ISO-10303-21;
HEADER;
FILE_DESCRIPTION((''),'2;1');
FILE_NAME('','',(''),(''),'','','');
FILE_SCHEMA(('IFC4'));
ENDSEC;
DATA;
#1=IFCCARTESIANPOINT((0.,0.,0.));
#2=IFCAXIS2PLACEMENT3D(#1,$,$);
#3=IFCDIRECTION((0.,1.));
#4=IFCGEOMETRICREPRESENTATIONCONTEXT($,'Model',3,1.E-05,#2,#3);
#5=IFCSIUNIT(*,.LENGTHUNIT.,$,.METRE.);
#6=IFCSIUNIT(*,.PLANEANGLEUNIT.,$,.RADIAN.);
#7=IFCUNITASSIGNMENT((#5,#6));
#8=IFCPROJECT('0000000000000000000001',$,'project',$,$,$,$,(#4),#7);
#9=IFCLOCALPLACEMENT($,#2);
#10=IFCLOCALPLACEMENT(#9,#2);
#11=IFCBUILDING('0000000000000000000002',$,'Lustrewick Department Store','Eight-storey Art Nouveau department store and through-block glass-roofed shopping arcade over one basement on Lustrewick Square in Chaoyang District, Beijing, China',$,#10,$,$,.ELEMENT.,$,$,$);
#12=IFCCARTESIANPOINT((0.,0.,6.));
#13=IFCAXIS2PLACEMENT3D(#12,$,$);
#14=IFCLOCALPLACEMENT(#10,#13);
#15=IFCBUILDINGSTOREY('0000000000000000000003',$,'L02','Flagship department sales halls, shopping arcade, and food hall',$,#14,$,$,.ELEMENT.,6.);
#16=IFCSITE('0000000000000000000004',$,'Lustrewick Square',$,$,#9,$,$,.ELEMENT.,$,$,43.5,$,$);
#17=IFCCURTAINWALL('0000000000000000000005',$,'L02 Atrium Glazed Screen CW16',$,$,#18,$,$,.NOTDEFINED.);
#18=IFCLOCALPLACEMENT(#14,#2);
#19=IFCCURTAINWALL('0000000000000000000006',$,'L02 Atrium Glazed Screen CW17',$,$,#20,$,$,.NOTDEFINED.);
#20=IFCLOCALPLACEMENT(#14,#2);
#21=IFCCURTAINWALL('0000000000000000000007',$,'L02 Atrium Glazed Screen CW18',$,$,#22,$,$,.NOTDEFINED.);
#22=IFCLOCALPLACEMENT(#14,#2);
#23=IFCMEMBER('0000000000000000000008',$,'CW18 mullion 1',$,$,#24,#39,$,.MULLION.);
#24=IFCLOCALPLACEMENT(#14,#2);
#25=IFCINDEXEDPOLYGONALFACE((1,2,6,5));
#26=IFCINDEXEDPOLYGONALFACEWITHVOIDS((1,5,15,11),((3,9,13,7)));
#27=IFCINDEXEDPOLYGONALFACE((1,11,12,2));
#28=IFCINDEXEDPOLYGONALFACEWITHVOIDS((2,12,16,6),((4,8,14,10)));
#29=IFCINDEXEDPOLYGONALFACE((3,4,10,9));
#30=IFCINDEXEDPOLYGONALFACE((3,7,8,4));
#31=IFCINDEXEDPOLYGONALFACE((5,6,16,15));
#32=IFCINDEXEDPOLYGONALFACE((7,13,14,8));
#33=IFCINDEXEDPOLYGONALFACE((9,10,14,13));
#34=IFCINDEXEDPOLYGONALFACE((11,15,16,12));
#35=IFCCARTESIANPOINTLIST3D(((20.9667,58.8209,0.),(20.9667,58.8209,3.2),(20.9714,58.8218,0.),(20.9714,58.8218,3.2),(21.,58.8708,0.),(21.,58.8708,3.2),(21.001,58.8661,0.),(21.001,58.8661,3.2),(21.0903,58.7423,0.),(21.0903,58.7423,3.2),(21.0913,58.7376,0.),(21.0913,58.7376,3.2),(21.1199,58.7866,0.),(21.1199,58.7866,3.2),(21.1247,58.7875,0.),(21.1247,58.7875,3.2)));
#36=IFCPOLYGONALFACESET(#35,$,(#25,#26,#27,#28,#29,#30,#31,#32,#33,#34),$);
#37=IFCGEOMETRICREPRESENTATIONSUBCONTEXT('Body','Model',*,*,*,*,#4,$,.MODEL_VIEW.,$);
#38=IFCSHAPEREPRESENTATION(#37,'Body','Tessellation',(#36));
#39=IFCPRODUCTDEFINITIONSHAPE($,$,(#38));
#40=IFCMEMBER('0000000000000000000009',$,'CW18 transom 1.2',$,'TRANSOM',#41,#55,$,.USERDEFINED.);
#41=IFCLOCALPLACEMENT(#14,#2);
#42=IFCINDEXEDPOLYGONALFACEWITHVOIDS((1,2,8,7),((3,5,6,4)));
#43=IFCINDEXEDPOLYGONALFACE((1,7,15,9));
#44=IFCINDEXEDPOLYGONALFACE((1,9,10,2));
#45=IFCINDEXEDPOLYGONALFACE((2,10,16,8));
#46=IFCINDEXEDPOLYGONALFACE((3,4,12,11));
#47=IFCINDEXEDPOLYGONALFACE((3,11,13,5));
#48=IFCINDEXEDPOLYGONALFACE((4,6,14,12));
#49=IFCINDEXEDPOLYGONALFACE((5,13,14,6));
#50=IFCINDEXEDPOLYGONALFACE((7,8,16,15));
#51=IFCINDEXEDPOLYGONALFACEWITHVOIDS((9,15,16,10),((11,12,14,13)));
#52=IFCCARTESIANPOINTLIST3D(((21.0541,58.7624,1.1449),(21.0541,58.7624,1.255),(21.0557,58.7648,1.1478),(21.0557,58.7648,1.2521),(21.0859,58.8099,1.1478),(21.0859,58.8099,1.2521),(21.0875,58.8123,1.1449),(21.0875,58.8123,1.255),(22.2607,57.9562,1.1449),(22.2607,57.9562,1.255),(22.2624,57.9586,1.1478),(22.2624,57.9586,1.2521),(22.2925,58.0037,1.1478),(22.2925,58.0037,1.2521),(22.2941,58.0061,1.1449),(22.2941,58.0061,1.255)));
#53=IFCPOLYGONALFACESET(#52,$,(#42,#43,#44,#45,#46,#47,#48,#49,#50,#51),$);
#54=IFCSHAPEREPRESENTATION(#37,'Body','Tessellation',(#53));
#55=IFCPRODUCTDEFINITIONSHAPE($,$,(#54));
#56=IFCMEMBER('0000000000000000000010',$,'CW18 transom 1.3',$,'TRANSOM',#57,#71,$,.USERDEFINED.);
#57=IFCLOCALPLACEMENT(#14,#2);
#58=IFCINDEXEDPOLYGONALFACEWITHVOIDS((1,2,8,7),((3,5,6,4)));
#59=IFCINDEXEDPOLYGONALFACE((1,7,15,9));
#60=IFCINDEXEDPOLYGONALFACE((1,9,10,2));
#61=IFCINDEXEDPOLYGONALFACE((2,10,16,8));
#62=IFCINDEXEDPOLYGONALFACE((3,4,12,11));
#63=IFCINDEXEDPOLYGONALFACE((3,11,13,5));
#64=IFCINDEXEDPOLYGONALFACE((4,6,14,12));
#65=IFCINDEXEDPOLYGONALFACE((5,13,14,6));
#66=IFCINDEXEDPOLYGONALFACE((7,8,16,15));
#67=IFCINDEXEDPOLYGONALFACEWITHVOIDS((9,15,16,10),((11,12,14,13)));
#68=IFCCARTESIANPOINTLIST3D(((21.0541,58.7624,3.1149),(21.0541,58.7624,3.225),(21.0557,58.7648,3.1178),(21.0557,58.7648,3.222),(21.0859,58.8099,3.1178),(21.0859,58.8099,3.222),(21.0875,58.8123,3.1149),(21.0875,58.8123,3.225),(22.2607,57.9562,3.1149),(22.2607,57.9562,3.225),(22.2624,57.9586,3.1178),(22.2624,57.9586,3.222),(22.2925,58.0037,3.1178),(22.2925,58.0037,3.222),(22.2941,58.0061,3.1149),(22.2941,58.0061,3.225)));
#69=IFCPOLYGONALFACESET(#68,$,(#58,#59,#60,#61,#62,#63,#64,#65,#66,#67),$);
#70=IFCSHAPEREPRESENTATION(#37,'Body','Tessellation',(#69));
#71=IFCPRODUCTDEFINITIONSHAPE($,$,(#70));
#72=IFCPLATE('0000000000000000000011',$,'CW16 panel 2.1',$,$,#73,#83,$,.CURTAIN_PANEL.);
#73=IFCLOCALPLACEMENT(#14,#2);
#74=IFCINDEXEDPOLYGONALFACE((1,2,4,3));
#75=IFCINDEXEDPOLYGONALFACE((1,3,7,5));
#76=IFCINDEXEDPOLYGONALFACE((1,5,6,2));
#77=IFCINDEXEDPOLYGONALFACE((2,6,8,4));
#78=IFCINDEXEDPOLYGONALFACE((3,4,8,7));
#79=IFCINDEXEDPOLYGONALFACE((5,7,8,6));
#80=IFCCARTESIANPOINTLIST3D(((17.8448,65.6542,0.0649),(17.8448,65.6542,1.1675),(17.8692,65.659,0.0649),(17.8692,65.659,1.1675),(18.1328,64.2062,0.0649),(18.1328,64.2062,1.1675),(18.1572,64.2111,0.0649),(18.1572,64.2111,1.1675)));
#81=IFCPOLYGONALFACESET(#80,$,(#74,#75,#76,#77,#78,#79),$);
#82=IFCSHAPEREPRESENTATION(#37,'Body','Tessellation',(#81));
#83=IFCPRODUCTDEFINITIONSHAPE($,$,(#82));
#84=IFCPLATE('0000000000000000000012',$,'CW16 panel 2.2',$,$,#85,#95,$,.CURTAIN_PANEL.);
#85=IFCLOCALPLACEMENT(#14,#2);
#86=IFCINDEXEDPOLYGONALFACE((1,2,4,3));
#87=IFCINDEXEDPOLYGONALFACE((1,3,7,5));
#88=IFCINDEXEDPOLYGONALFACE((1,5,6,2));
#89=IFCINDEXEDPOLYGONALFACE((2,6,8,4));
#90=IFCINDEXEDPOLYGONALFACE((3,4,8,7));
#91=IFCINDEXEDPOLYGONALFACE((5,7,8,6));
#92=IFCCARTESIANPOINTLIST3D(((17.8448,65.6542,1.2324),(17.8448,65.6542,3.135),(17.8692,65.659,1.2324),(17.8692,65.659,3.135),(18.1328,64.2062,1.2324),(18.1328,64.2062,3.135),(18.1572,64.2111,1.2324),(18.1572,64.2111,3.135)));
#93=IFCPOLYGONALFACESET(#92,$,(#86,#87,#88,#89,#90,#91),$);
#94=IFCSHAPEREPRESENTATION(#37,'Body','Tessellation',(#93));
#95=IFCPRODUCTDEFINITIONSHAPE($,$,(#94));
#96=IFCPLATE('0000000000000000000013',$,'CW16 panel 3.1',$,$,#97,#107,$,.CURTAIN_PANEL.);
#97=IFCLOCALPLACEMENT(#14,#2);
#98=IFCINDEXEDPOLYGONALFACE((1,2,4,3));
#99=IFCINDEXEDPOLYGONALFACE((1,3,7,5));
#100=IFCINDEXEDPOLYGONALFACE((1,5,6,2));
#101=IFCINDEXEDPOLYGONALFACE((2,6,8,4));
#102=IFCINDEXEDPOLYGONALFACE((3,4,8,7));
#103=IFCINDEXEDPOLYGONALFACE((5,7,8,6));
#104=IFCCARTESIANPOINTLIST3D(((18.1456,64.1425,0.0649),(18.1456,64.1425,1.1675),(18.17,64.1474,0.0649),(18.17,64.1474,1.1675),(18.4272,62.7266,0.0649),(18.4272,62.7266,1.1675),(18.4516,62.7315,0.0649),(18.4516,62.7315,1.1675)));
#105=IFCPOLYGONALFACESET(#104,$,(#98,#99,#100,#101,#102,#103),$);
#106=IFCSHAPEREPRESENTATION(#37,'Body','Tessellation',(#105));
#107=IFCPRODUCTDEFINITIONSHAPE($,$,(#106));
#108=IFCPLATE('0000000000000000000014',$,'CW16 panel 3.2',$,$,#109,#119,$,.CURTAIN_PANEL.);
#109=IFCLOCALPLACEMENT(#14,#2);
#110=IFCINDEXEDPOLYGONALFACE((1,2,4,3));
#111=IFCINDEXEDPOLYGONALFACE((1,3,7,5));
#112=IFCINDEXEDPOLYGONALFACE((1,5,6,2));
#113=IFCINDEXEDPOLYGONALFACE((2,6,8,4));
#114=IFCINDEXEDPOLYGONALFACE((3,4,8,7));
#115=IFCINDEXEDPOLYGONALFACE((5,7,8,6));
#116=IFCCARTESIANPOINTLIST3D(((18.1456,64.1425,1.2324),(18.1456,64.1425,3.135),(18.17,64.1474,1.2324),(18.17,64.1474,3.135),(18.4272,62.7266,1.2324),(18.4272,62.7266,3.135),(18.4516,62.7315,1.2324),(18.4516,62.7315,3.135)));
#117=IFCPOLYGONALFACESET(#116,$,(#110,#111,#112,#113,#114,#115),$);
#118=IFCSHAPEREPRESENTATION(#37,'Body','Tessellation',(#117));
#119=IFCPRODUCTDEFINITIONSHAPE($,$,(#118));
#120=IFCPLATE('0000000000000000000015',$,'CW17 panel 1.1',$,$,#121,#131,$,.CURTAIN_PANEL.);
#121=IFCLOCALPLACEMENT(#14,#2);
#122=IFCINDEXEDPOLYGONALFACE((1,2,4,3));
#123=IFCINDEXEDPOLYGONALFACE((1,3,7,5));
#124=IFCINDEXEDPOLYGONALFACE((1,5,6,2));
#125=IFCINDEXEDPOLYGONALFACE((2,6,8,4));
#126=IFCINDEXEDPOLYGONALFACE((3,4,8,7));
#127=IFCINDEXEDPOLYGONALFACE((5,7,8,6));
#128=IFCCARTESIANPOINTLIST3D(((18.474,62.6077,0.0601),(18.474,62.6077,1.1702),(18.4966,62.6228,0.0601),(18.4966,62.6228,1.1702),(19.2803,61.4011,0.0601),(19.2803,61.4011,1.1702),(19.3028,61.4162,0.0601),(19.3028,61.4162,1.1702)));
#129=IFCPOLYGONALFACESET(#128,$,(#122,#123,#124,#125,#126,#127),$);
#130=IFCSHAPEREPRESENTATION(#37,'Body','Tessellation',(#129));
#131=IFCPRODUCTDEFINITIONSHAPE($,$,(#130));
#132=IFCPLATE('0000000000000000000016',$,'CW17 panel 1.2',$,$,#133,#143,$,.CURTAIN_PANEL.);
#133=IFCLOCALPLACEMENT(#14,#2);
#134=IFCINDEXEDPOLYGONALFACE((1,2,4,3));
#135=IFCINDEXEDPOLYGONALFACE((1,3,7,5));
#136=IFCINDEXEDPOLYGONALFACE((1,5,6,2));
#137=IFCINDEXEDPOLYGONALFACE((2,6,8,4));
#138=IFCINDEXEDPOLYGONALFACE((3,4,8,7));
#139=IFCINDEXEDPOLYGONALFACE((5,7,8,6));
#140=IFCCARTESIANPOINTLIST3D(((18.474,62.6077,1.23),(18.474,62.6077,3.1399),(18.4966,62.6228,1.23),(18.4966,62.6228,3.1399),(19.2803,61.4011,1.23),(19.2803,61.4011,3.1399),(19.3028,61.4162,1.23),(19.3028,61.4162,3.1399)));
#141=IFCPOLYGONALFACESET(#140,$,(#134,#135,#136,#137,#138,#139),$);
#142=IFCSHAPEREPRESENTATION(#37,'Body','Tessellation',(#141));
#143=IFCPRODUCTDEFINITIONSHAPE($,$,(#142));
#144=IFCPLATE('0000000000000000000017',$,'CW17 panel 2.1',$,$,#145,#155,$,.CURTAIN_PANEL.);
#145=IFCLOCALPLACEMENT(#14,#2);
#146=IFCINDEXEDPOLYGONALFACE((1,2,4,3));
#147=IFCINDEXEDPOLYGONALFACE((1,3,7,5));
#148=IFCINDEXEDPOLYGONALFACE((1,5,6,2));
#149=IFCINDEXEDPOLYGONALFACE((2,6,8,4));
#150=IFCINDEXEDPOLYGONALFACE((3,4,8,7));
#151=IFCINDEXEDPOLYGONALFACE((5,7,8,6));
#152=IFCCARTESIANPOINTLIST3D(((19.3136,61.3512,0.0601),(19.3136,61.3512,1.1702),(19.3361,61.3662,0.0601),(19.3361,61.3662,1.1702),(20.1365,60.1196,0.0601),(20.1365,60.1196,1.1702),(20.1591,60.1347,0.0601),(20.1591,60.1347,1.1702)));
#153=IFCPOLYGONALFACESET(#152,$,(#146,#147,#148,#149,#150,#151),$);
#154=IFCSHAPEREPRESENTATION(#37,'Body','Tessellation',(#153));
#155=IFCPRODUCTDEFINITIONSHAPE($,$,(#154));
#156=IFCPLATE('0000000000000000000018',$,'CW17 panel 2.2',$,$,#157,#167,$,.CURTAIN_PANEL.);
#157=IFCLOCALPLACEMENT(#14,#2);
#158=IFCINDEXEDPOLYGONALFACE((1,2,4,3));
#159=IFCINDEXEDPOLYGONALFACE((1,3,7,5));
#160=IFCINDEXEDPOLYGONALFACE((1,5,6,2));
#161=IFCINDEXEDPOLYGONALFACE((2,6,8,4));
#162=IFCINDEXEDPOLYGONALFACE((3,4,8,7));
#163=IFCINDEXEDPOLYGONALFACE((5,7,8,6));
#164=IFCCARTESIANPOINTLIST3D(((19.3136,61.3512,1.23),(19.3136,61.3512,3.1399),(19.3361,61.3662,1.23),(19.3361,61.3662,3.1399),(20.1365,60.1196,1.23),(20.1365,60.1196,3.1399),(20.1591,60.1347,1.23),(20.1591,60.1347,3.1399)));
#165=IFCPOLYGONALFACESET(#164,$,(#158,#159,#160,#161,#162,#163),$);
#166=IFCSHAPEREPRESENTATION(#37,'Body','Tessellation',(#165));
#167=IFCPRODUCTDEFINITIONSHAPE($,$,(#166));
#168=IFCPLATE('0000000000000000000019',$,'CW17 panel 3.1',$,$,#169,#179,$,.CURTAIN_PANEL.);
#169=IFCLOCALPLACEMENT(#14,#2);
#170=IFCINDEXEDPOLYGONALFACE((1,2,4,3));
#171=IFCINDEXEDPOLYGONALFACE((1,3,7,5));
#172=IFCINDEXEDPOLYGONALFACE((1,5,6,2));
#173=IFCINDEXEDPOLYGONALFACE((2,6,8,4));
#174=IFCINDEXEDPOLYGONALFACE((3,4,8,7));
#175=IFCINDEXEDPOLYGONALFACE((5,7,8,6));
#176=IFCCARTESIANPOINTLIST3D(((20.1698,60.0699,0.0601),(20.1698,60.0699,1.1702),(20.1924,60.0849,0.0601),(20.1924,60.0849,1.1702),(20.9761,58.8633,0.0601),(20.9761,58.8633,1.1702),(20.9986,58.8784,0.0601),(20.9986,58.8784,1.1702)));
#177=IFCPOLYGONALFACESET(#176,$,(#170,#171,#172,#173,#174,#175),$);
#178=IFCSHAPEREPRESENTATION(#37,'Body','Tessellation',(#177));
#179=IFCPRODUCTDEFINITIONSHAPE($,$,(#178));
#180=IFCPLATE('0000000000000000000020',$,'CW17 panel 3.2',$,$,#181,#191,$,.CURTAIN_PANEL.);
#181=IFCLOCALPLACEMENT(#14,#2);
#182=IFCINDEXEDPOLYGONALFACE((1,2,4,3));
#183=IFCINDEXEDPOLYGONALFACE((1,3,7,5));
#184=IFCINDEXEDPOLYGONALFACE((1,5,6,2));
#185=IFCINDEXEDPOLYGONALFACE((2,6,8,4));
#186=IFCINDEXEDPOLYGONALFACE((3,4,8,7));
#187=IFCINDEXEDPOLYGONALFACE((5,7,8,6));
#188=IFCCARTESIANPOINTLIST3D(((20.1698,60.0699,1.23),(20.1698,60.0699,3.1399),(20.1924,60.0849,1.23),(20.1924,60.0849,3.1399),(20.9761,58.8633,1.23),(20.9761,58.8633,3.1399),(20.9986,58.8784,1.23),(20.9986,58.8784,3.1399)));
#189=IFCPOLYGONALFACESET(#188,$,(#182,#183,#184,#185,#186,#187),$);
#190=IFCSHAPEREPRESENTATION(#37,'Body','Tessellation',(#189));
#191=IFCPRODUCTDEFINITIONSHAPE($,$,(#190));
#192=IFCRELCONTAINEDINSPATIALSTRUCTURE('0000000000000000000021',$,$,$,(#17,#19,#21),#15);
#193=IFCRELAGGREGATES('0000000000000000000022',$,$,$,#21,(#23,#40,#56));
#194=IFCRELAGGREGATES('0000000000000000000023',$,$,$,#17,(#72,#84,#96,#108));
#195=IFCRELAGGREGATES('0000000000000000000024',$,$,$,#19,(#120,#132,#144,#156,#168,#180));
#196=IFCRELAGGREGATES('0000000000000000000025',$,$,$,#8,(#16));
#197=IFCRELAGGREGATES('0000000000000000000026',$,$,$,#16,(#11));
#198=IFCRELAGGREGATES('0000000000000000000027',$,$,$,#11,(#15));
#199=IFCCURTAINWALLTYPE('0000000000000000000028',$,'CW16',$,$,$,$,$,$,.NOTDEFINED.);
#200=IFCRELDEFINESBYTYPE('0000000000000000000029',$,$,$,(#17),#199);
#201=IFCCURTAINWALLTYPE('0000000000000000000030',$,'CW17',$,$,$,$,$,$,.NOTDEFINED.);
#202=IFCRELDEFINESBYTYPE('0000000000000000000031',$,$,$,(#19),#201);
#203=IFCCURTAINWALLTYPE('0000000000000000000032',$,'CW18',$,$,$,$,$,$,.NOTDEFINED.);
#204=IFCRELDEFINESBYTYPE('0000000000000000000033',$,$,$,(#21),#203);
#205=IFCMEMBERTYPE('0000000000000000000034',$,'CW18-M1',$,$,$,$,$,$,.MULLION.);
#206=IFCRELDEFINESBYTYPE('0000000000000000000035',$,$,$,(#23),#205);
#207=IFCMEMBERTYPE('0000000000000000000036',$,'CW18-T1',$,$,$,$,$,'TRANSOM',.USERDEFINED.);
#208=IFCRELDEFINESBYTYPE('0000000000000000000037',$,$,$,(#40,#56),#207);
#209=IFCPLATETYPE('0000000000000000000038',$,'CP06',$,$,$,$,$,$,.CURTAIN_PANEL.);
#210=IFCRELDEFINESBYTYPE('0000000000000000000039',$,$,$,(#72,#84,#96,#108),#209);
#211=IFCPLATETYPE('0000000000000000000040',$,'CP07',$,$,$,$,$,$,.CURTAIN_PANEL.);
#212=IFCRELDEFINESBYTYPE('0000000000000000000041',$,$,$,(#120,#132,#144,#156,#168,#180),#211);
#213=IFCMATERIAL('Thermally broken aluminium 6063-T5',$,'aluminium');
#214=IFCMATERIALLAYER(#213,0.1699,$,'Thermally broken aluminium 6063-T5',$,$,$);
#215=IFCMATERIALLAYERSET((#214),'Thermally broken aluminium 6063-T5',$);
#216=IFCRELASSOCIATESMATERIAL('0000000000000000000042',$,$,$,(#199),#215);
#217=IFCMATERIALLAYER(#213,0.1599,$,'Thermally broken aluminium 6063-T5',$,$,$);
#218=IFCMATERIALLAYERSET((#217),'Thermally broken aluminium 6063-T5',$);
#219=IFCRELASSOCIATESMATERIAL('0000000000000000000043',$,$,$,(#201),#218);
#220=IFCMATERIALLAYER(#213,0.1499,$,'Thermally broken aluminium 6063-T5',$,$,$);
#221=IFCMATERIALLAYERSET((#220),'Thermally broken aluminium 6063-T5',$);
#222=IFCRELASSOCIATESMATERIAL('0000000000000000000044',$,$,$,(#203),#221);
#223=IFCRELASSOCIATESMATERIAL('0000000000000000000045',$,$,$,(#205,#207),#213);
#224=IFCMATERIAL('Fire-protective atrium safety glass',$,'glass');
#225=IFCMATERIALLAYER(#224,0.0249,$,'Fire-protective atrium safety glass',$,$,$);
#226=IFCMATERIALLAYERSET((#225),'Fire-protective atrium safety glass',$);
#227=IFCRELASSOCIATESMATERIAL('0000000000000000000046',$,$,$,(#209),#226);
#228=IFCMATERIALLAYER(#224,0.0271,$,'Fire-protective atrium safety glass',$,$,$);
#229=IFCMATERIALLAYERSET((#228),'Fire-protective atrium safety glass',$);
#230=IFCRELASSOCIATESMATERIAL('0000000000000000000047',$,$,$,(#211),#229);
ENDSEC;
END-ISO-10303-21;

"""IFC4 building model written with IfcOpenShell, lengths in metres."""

from ifc_helpers import new_model, si_unit, direction, frame, origin, origin_2d, place, context, subcontext, project, spatial, rectangle, hollow_rectangle, extrude, material, layer, layer_set, material_profile, profile_set, type_object, element, aggregate, save


model = new_model("IFC4")

# Units and contexts
model_context = context("Model", 3, precision=1e-05, world=origin(), true_north=direction((0.0, 1.0)))
body_context = subcontext(model_context, "Body", "Model", "MODEL_VIEW")
ifc_project = project(units=[si_unit("LENGTHUNIT", "METRE"), si_unit("PLANEANGLEUNIT", "RADIAN")], contexts=[model_context])

# Site, building, storey
site_placement = place(None, origin())
site = spatial("IfcSite", under=ifc_project, at=site_placement, Name="Lustrewick Square", CompositionType="ELEMENT", RefElevation=43.5)
building_placement = place(site_placement, origin())
building = spatial("IfcBuilding", under=site, at=building_placement, Name="Lustrewick Department Store", Description="Eight-storey Art Nouveau department store and through-block glass-roofed shopping arcade over one basement on Lustrewick Square in Chaoyang District, Beijing, China", CompositionType="ELEMENT")
storey_placement = place(building_placement, frame((0.0, 0.0, 6.0)))
storey = spatial("IfcBuildingStorey", under=building, at=storey_placement, Name="L02", Description="Flagship department sales halls, shopping arcade, and food hall", CompositionType="ELEMENT", Elevation=6.0)

# Curtain walls, members
ifc_material_1 = material(Name="Thermally broken aluminium 6063-T5", Category="aluminium")
ifc_layer_1 = layer(ifc_material_1, 0.1699, Name="Thermally broken aluminium 6063-T5")
ifc_layer_set_1 = layer_set([ifc_layer_1], Name="Thermally broken aluminium 6063-T5")
curtain_wall_type_1 = type_object("IfcCurtainWallType", Name="CW16", PredefinedType="NOTDEFINED", material=ifc_layer_set_1)
curtain_wall_1_placement = place(storey_placement, origin())
curtain_wall_1 = element("IfcCurtainWall", 1, at=curtain_wall_1_placement, inside=storey, type_object=curtain_wall_type_1, Name="L02 Atrium Glazed Screen CW16", PredefinedType="NOTDEFINED")
ifc_layer_2 = layer(ifc_material_1, 0.1599, Name="Thermally broken aluminium 6063-T5")
ifc_layer_set_2 = layer_set([ifc_layer_2], Name="Thermally broken aluminium 6063-T5")
curtain_wall_type_2 = type_object("IfcCurtainWallType", Name="CW17", PredefinedType="NOTDEFINED", material=ifc_layer_set_2)
curtain_wall_2_placement = place(storey_placement, origin())
curtain_wall_2 = element("IfcCurtainWall", 2, at=curtain_wall_2_placement, inside=storey, type_object=curtain_wall_type_2, Name="L02 Atrium Glazed Screen CW17", PredefinedType="NOTDEFINED")
ifc_layer_3 = layer(ifc_material_1, 0.1499, Name="Thermally broken aluminium 6063-T5")
ifc_layer_set_3 = layer_set([ifc_layer_3], Name="Thermally broken aluminium 6063-T5")
curtain_wall_type_3 = type_object("IfcCurtainWallType", Name="CW18", PredefinedType="NOTDEFINED", material=ifc_layer_set_3)
curtain_wall_3_placement = place(storey_placement, origin())
curtain_wall_3 = element("IfcCurtainWall", 3, at=curtain_wall_3_placement, inside=storey, type_object=curtain_wall_type_3, Name="L02 Atrium Glazed Screen CW18", PredefinedType="NOTDEFINED")
ifc_material_profile_1 = material_profile(ifc_material_1, hollow_rectangle(XDim=0.0601, YDim=0.1499, WallThickness=0.0034, at=origin_2d()), Name="ALU-M 60x150x3.5")
ifc_profile_set_1 = profile_set([ifc_material_profile_1], Name="Thermally broken aluminium 6063-T5")
member_type_1 = type_object("IfcMemberType", Name="CW18-M1", PredefinedType="MULLION", material=ifc_profile_set_1)
member_1_placement = place(storey_placement, frame((21.0457, 58.8042, 0.0), z_axis=(0.0, 0.0, 1.0), x_axis=(0.555578, 0.831464, 0.0)))
member_1 = element("IfcMember", 4, at=member_1_placement, type_object=member_type_1, Name="CW18 mullion 1", PredefinedType="MULLION", context=body_context, shape_type="SweptSolid", body=[
    extrude(hollow_rectangle(XDim=0.0601, YDim=0.1499, WallThickness=0.0034, at=origin_2d()), origin(), (0.0, 0.0, 1.0), 3.2),
])
ifc_material_profile_2 = material_profile(ifc_material_1, hollow_rectangle(XDim=0.0601, YDim=0.1101, WallThickness=0.0029, at=origin_2d()), Name="ALU-T 60x110x3")
ifc_profile_set_2 = profile_set([ifc_material_profile_2], Name="Thermally broken aluminium 6063-T5")
member_type_2 = type_object("IfcMemberType", Name="CW18-T1", ElementType="TRANSOM", PredefinedType="USERDEFINED", material=ifc_profile_set_2)
member_2_placement = place(storey_placement, frame((21.0708, 58.7874, 1.2), z_axis=(0.83148, -0.555554, 0.0), x_axis=(0.555554, 0.83148, 0.0)))
member_2 = element("IfcMember", 5, at=member_2_placement, type_object=member_type_2, Name="CW18 transom 1.2", ObjectType="TRANSOM", PredefinedType="USERDEFINED", context=body_context, shape_type="SweptSolid", body=[
    extrude(hollow_rectangle(XDim=0.0601, YDim=0.1101, WallThickness=0.0029, at=origin_2d()), origin(), (0.0, 0.0, 1.0), 1.4512),
])
member_3_placement = place(storey_placement, frame((21.0708, 58.7874, 3.1699), z_axis=(0.83148, -0.555554, 0.0), x_axis=(0.555554, 0.83148, 0.0)))
member_3 = element("IfcMember", 6, at=member_3_placement, type_object=member_type_2, Name="CW18 transom 1.3", ObjectType="TRANSOM", PredefinedType="USERDEFINED", context=body_context, shape_type="SweptSolid", body=[
    extrude(hollow_rectangle(XDim=0.0601, YDim=0.1101, WallThickness=0.0029, at=origin_2d()), origin(), (0.0, 0.0, 1.0), 1.4512),
])
aggregate(curtain_wall_3, [member_1, member_2, member_3])

# Plates
ifc_material_2 = material(Name="Fire-protective atrium safety glass", Category="glass")
ifc_layer_4 = layer(ifc_material_2, 0.0249, Name="Fire-protective atrium safety glass")
ifc_layer_set_4 = layer_set([ifc_layer_4], Name="Fire-protective atrium safety glass")
plate_type_1 = type_object("IfcPlateType", Name="CP06", PredefinedType="CURTAIN_PANEL", material=ifc_layer_set_4)
plate_1_placement = place(storey_placement, frame((18.001, 64.9326, 0.0649), z_axis=(0.0, 0.0, 1.0), x_axis=(0.195085, -0.980786, 0.0)))
plate_1 = element("IfcPlate", 7, at=plate_1_placement, type_object=plate_type_1, Name="CW16 panel 2.1", PredefinedType="CURTAIN_PANEL", context=body_context, shape_type="SweptSolid", body=[
    extrude(rectangle(XDim=1.4763, YDim=0.0249, at=origin_2d()), origin(), (0.0, 0.0, 1.0), 1.1025),
])
plate_2_placement = place(storey_placement, frame((18.001, 64.9326, 1.2324), z_axis=(0.0, 0.0, 1.0), x_axis=(0.195085, -0.980786, 0.0)))
plate_2 = element("IfcPlate", 8, at=plate_2_placement, type_object=plate_type_1, Name="CW16 panel 2.2", PredefinedType="CURTAIN_PANEL", context=body_context, shape_type="SweptSolid", body=[
    extrude(rectangle(XDim=1.4763, YDim=0.0249, at=origin_2d()), origin(), (0.0, 0.0, 1.0), 1.9026),
])
plate_3_placement = place(storey_placement, frame((18.2986, 63.437, 0.0649), z_axis=(0.0, 0.0, 1.0), x_axis=(0.195085, -0.980786, 0.0)))
plate_3 = element("IfcPlate", 9, at=plate_3_placement, type_object=plate_type_1, Name="CW16 panel 3.1", PredefinedType="CURTAIN_PANEL", context=body_context, shape_type="SweptSolid", body=[
    extrude(rectangle(XDim=1.4436, YDim=0.0249, at=origin_2d()), origin(), (0.0, 0.0, 1.0), 1.1025),
])
plate_4_placement = place(storey_placement, frame((18.2986, 63.437, 1.2324), z_axis=(0.0, 0.0, 1.0), x_axis=(0.195085, -0.980786, 0.0)))
plate_4 = element("IfcPlate", 10, at=plate_4_placement, type_object=plate_type_1, Name="CW16 panel 3.2", PredefinedType="CURTAIN_PANEL", context=body_context, shape_type="SweptSolid", body=[
    extrude(rectangle(XDim=1.4436, YDim=0.0249, at=origin_2d()), origin(), (0.0, 0.0, 1.0), 1.9026),
])
aggregate(curtain_wall_1, [plate_1, plate_2, plate_3, plate_4])
ifc_layer_5 = layer(ifc_material_2, 0.0271, Name="Fire-protective atrium safety glass")
ifc_layer_set_5 = layer_set([ifc_layer_5], Name="Fire-protective atrium safety glass")
plate_type_2 = type_object("IfcPlateType", Name="CP07", PredefinedType="CURTAIN_PANEL", material=ifc_layer_set_5)
plate_5_placement = place(storey_placement, frame((18.8884, 62.012, 0.0601), z_axis=(0.0, 0.0, 1.0), x_axis=(0.555578, -0.831464, 0.0)))
plate_5 = element("IfcPlate", 11, at=plate_5_placement, type_object=plate_type_2, Name="CW17 panel 1.1", PredefinedType="CURTAIN_PANEL", context=body_context, shape_type="SweptSolid", body=[
    extrude(rectangle(XDim=1.4512, YDim=0.0271, at=origin_2d()), origin(), (0.0, 0.0, 1.0), 1.1101),
])
plate_6_placement = place(storey_placement, frame((18.8884, 62.012, 1.23), z_axis=(0.0, 0.0, 1.0), x_axis=(0.555578, -0.831464, 0.0)))
plate_6 = element("IfcPlate", 12, at=plate_6_placement, type_object=plate_type_2, Name="CW17 panel 1.2", PredefinedType="CURTAIN_PANEL", context=body_context, shape_type="SweptSolid", body=[
    extrude(rectangle(XDim=1.4512, YDim=0.0271, at=origin_2d()), origin(), (0.0, 0.0, 1.0), 1.9099),
])
plate_7_placement = place(storey_placement, frame((19.7363, 60.7429, 0.0601), z_axis=(0.0, 0.0, 1.0), x_axis=(0.555578, -0.831464, 0.0)))
plate_7 = element("IfcPlate", 13, at=plate_7_placement, type_object=plate_type_2, Name="CW17 panel 2.1", PredefinedType="CURTAIN_PANEL", context=body_context, shape_type="SweptSolid", body=[
    extrude(rectangle(XDim=1.4812, YDim=0.0271, at=origin_2d()), origin(), (0.0, 0.0, 1.0), 1.1101),
])
plate_8_placement = place(storey_placement, frame((19.7363, 60.7429, 1.23), z_axis=(0.0, 0.0, 1.0), x_axis=(0.555578, -0.831464, 0.0)))
plate_8 = element("IfcPlate", 14, at=plate_8_placement, type_object=plate_type_2, Name="CW17 panel 2.2", PredefinedType="CURTAIN_PANEL", context=body_context, shape_type="SweptSolid", body=[
    extrude(rectangle(XDim=1.4812, YDim=0.0271, at=origin_2d()), origin(), (0.0, 0.0, 1.0), 1.9099),
])
plate_9_placement = place(storey_placement, frame((20.5842, 59.4741, 0.0601), z_axis=(0.0, 0.0, 1.0), x_axis=(0.555578, -0.831464, 0.0)))
plate_9 = element("IfcPlate", 15, at=plate_9_placement, type_object=plate_type_2, Name="CW17 panel 3.1", PredefinedType="CURTAIN_PANEL", context=body_context, shape_type="SweptSolid", body=[
    extrude(rectangle(XDim=1.4512, YDim=0.0271, at=origin_2d()), origin(), (0.0, 0.0, 1.0), 1.1101),
])
plate_10_placement = place(storey_placement, frame((20.5842, 59.4741, 1.23), z_axis=(0.0, 0.0, 1.0), x_axis=(0.555578, -0.831464, 0.0)))
plate_10 = element("IfcPlate", 16, at=plate_10_placement, type_object=plate_type_2, Name="CW17 panel 3.2", PredefinedType="CURTAIN_PANEL", context=body_context, shape_type="SweptSolid", body=[
    extrude(rectangle(XDim=1.4512, YDim=0.0271, at=origin_2d()), origin(), (0.0, 0.0, 1.0), 1.9099),
])
aggregate(curtain_wall_2, [plate_5, plate_6, plate_7, plate_8, plate_9, plate_10])

save(model, "model.ifc")
